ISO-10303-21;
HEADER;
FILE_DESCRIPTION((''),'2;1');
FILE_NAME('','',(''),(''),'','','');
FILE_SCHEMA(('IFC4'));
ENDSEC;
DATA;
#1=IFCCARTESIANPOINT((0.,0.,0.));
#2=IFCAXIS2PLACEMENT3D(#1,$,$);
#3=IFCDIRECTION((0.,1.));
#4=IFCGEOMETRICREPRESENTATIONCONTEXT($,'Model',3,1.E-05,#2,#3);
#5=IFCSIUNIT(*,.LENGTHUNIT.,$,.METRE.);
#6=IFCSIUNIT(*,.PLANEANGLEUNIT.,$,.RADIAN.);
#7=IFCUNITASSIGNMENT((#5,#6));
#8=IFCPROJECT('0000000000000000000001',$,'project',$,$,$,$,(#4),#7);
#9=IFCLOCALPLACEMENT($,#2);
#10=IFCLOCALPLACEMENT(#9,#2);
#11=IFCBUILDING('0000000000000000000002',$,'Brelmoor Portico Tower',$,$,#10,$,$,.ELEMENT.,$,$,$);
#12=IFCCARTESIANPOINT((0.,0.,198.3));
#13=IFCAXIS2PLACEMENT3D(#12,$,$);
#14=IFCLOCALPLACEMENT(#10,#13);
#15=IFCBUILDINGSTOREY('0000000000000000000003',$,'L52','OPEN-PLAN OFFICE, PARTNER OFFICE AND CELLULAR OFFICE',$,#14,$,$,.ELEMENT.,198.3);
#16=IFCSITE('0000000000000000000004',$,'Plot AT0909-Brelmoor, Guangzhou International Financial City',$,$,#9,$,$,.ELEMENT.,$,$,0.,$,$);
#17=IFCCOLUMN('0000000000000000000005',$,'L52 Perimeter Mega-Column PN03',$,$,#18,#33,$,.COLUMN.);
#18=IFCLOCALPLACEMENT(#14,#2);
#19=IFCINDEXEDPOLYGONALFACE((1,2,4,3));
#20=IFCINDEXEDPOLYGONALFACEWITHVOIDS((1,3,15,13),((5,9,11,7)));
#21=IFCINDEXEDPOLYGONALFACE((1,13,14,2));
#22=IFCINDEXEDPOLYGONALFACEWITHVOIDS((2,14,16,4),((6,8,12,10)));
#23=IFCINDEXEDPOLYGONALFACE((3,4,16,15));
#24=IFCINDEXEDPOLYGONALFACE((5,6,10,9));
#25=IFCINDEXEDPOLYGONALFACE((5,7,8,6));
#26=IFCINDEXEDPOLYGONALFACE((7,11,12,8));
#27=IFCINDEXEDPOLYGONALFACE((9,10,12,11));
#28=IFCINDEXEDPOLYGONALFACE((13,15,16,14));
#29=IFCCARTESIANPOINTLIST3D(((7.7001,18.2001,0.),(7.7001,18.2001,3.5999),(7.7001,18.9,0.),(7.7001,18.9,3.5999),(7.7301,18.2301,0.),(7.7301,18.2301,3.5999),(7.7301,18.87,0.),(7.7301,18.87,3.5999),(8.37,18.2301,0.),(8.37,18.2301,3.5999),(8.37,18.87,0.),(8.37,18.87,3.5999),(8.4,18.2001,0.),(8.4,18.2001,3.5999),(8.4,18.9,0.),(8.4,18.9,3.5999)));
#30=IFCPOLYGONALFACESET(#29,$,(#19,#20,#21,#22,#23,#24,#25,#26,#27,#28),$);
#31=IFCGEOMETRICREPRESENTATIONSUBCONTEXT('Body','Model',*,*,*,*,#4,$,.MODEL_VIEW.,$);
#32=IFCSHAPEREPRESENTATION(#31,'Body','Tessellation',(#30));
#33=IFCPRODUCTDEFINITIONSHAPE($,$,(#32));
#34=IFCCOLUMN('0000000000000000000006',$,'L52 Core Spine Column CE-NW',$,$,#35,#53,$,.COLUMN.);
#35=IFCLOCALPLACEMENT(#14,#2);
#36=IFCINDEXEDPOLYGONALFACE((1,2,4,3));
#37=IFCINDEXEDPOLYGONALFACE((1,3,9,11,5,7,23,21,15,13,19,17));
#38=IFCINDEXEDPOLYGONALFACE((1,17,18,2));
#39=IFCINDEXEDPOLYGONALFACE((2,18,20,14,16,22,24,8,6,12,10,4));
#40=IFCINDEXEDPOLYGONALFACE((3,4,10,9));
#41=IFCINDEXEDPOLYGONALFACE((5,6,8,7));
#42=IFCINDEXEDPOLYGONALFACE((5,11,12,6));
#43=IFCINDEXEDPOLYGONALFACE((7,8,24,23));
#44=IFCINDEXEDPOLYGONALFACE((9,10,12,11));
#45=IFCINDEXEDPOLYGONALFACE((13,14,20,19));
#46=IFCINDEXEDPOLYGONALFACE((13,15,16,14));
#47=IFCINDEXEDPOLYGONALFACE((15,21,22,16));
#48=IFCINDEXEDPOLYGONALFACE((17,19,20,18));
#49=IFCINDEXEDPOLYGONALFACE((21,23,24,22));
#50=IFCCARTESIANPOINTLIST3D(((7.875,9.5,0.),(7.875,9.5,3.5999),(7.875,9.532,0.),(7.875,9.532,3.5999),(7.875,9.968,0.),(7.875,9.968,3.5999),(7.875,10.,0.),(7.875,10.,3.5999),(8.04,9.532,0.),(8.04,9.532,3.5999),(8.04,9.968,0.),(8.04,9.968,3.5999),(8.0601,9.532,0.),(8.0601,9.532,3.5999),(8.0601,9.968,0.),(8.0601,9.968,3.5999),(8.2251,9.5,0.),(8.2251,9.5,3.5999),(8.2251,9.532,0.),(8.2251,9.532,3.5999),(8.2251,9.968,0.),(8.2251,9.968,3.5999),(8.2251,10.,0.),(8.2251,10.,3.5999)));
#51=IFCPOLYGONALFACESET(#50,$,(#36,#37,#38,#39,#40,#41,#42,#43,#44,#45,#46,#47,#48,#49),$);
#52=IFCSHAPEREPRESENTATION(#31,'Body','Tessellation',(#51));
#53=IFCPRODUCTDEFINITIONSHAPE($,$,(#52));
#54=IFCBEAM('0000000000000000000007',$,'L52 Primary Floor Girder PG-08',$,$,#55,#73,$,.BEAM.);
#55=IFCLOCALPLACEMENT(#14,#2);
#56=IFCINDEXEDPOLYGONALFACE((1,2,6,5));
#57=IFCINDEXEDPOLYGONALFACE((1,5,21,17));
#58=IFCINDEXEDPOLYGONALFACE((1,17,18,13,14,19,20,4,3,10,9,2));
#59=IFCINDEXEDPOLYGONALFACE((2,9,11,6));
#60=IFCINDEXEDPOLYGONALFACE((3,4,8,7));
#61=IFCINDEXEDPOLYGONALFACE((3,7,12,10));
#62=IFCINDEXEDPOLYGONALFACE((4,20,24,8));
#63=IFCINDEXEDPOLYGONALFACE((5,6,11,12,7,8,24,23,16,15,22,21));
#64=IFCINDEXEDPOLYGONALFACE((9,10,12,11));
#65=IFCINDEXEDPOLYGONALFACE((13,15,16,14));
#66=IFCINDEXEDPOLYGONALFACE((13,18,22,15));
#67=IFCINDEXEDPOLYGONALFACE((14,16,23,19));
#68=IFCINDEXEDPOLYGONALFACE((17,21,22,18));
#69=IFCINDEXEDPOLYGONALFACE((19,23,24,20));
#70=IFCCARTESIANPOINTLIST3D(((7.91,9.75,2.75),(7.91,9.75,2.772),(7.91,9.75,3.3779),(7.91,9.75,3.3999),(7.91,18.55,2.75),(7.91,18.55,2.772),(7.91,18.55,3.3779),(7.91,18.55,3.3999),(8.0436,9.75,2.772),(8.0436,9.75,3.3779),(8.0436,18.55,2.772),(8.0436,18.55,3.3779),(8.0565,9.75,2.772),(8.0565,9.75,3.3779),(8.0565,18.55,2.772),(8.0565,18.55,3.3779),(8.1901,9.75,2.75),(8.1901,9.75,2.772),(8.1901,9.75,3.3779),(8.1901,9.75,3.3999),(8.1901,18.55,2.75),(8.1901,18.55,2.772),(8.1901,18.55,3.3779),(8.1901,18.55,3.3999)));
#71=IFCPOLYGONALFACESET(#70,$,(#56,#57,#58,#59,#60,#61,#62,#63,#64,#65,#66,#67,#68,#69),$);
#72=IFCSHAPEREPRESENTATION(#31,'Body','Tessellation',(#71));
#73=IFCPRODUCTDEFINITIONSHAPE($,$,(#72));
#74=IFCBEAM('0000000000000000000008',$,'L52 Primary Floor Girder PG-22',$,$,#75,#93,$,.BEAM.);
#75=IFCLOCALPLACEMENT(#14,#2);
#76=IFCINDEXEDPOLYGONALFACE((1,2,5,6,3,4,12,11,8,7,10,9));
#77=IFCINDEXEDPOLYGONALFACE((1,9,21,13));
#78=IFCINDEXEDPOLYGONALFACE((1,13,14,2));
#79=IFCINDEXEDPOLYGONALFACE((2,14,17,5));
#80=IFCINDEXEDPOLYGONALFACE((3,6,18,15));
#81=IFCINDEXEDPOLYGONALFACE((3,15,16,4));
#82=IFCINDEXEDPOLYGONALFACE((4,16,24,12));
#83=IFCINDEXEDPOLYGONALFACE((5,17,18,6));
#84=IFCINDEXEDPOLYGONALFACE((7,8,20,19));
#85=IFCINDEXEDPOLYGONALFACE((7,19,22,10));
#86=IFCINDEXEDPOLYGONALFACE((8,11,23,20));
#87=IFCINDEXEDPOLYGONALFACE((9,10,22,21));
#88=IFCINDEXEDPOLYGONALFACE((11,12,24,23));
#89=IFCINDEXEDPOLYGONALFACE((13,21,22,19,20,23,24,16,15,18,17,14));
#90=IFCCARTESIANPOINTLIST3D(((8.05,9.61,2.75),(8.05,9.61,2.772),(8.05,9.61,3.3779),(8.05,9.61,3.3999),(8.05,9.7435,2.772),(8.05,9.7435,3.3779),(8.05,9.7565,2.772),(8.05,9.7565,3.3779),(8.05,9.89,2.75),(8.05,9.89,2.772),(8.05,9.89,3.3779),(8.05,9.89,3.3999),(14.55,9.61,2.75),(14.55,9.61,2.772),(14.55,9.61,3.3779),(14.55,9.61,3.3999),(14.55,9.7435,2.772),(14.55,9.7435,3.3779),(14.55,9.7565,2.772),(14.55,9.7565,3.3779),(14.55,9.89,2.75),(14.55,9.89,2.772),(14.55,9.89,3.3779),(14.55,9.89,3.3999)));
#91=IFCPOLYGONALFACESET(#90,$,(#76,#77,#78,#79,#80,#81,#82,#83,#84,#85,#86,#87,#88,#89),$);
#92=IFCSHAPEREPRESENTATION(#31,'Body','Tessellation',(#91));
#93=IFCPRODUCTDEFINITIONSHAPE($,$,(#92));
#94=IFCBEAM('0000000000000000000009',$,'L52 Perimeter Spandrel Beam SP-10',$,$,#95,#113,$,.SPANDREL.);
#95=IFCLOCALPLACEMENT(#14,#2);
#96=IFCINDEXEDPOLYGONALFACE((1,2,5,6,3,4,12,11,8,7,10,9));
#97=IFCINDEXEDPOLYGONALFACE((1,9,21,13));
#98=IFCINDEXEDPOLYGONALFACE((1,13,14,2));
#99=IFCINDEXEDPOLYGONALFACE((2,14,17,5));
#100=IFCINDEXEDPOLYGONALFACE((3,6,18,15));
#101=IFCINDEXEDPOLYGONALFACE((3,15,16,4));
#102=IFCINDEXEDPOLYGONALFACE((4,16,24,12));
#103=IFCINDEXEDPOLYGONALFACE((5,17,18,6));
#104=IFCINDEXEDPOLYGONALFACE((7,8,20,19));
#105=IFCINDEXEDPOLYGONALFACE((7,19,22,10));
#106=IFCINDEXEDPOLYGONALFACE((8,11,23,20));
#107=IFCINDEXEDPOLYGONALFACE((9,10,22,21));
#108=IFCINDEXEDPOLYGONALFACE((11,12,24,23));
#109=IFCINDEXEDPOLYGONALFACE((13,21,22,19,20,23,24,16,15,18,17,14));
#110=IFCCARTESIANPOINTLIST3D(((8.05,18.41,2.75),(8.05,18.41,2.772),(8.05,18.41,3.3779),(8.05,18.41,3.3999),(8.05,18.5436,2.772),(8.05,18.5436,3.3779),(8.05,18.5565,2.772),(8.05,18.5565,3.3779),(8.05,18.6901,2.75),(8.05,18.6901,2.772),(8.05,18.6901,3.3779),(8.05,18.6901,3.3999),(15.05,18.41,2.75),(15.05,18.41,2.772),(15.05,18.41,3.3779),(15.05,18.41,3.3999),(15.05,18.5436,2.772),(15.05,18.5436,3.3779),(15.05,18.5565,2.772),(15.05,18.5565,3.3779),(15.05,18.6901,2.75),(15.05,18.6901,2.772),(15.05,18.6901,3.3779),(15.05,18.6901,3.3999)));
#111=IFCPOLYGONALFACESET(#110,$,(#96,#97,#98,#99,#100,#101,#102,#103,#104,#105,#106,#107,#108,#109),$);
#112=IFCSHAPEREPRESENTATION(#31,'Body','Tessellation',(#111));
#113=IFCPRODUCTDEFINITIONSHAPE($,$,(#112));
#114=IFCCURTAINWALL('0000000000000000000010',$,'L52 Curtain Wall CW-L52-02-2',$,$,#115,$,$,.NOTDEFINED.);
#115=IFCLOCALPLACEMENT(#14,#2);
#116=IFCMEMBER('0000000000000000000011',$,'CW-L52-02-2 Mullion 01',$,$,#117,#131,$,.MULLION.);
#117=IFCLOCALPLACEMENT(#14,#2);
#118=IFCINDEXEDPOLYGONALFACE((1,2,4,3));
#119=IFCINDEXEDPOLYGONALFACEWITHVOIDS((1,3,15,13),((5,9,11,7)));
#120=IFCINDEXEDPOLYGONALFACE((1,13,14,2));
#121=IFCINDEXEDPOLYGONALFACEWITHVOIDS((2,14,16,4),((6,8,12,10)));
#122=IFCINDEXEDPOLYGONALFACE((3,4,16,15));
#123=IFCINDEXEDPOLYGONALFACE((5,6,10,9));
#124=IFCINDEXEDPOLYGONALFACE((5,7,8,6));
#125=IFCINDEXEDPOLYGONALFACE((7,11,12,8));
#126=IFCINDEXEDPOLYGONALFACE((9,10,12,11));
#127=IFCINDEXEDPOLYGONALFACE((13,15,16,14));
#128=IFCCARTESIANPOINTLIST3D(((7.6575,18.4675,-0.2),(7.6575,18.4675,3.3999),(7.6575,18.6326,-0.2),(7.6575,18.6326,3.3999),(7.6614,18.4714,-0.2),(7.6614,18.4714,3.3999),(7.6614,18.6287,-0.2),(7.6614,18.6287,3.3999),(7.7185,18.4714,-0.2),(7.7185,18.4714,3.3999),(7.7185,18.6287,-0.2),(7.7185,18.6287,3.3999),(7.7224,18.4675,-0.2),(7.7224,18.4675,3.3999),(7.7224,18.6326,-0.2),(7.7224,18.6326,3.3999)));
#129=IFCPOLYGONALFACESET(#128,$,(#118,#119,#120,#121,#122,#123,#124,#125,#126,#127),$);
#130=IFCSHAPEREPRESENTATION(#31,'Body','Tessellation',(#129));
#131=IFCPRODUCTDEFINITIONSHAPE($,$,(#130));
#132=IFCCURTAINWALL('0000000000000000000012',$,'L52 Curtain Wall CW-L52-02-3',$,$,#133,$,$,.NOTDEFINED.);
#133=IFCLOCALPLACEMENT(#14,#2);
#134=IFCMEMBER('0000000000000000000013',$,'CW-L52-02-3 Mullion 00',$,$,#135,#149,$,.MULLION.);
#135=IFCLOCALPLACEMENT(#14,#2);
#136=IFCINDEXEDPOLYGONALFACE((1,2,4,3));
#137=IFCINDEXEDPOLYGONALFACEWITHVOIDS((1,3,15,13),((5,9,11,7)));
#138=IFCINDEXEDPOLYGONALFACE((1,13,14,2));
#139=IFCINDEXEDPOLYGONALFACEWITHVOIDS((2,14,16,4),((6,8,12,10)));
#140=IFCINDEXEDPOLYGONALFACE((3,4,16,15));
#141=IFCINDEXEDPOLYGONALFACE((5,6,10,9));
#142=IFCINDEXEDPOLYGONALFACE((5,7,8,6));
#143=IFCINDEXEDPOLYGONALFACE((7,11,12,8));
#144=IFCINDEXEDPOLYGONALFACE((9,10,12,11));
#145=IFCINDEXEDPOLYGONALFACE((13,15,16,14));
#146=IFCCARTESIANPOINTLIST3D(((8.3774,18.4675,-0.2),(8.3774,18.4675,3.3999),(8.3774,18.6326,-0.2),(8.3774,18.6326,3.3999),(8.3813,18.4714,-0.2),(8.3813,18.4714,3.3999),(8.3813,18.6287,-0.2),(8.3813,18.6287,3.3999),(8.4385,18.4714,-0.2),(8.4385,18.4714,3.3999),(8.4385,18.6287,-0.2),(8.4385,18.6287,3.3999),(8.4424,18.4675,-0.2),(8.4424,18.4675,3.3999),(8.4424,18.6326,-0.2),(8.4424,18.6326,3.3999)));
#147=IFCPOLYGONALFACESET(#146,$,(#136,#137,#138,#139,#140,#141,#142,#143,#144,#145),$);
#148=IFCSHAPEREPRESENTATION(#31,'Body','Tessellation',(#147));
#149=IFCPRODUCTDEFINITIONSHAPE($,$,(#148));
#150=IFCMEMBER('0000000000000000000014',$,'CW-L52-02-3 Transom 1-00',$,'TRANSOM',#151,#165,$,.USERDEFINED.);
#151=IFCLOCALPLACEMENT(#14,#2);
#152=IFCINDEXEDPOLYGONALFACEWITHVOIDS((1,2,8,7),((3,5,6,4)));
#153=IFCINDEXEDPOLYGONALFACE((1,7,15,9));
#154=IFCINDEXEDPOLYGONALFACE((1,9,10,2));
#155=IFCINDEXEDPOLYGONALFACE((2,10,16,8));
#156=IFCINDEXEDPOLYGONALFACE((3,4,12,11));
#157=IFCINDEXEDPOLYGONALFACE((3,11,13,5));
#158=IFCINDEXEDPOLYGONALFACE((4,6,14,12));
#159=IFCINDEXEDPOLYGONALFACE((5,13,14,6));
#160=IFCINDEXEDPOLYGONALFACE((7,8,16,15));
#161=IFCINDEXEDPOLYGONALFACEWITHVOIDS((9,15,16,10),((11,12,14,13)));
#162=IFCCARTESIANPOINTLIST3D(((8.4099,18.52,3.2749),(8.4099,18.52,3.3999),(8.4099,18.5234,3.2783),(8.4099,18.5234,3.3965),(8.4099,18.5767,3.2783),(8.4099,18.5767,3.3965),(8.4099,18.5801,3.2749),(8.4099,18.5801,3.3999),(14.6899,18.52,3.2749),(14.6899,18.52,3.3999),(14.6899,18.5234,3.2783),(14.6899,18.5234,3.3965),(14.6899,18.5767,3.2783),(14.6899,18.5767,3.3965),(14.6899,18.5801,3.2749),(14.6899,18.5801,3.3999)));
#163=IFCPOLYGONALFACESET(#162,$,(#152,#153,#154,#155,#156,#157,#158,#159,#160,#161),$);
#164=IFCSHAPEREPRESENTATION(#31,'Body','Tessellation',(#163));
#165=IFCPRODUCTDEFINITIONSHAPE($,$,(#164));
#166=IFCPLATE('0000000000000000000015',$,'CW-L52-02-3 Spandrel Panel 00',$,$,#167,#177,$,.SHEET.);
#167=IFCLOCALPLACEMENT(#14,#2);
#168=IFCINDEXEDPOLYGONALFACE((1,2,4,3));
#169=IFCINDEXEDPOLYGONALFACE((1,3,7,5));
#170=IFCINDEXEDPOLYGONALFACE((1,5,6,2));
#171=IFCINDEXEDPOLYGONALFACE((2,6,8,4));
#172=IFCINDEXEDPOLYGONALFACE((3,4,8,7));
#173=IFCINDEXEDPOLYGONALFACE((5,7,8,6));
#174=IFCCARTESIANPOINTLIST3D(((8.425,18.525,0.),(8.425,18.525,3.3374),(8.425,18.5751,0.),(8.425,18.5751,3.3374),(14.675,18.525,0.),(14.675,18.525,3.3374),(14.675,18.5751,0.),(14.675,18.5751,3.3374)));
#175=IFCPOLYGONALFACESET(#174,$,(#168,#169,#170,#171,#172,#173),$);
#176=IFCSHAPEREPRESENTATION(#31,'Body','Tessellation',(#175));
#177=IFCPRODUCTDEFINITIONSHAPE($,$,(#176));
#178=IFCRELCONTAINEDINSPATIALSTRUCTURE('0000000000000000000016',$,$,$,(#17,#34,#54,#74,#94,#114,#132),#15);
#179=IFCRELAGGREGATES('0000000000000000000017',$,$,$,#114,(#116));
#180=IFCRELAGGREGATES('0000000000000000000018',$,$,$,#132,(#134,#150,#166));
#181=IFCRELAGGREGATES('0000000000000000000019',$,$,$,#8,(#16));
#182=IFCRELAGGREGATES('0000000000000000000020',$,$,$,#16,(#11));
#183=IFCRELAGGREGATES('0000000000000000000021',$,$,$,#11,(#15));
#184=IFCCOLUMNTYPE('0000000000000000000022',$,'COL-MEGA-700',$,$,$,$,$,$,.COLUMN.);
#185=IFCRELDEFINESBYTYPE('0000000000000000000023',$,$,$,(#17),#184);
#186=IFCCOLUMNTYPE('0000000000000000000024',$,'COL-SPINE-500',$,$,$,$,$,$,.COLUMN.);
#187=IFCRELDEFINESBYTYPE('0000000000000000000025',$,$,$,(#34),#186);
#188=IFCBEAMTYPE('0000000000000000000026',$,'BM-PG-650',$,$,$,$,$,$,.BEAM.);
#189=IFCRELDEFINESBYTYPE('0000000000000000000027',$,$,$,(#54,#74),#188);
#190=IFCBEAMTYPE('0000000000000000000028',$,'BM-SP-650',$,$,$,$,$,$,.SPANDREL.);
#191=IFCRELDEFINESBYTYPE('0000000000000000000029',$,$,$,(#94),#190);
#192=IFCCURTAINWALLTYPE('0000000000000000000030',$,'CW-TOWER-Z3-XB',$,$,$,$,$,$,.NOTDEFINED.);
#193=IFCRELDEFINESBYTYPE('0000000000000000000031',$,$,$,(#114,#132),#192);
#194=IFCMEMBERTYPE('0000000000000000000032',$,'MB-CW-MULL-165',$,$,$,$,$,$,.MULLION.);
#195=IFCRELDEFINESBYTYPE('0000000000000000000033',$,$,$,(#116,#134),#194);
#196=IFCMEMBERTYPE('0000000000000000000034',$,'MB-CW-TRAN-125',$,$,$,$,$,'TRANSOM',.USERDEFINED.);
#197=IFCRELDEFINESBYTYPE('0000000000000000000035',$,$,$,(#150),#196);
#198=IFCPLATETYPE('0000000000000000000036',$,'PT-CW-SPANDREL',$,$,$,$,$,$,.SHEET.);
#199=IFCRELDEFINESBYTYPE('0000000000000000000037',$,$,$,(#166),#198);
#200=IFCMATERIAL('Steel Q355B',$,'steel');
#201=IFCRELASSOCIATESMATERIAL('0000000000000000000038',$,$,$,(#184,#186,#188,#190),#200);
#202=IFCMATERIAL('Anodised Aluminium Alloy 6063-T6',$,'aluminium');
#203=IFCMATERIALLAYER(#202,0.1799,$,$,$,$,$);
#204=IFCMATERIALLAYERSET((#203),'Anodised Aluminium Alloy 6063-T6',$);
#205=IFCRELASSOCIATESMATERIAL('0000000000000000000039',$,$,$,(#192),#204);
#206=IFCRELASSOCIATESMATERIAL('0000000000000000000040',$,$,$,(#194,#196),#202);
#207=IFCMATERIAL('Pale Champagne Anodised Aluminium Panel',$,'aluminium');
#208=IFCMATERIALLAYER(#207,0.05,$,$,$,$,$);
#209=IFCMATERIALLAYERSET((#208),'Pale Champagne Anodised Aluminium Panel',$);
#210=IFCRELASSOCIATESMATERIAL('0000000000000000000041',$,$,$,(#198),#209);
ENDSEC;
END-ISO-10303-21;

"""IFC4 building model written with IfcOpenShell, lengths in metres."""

from ifc_helpers import new_model, si_unit, direction, frame, origin, origin_2d, place, context, subcontext, project, spatial, rectangle, hollow_rectangle, i_section, extrude, material, layer, layer_set, material_profile, profile_set, type_object, element, aggregate, save


model = new_model("IFC4")

# Units and contexts
model_context = context("Model", 3, precision=1e-05, world=origin(), true_north=direction((0.0, 1.0)))
body_context = subcontext(model_context, "Body", "Model", "MODEL_VIEW")
ifc_project = project(units=[si_unit("LENGTHUNIT", "METRE"), si_unit("PLANEANGLEUNIT", "RADIAN")], contexts=[model_context])

# Site, building, storey
site_placement = place(None, origin())
site = spatial("IfcSite", under=ifc_project, at=site_placement, Name="Plot AT0909-Brelmoor, Guangzhou International Financial City", CompositionType="ELEMENT", RefElevation=0.0)
building_placement = place(site_placement, origin())
building = spatial("IfcBuilding", under=site, at=building_placement, Name="Brelmoor Portico Tower", CompositionType="ELEMENT")
storey_placement = place(building_placement, frame((0.0, 0.0, 198.3)))
storey = spatial("IfcBuildingStorey", under=building, at=storey_placement, Name="L52", Description="OPEN-PLAN OFFICE, PARTNER OFFICE AND CELLULAR OFFICE", CompositionType="ELEMENT", Elevation=198.3)

# Columns
ifc_material_1 = material(Name="Steel Q355B", Category="steel")
ifc_material_profile_1 = material_profile(ifc_material_1, hollow_rectangle(XDim=0.7, YDim=0.7, WallThickness=0.03, at=origin_2d()), Name="BOX 700x700x30")
ifc_profile_set_1 = profile_set([ifc_material_profile_1], Name="Steel Q355B")
column_type_1 = type_object("IfcColumnType", Name="COL-MEGA-700", PredefinedType="COLUMN", material=ifc_profile_set_1)
column_1_placement = place(storey_placement, frame((8.05, 18.55, 0.0), z_axis=(0.0, 0.0, 1.0), x_axis=(1.0, 0.0, 0.0)))
element("IfcColumn", 1, at=column_1_placement, inside=storey, type_object=column_type_1, Name="L52 Perimeter Mega-Column PN03", PredefinedType="COLUMN", context=body_context, shape_type="SweptSolid", body=[
    extrude(hollow_rectangle(XDim=0.7, YDim=0.7, WallThickness=0.03, at=origin_2d()), origin(), (0.0, 0.0, 1.0), 3.5999),
])
ifc_material_profile_2 = material_profile(ifc_material_1, i_section(OverallWidth=0.3501, OverallDepth=0.5, WebThickness=0.02, FlangeThickness=0.032, at=origin_2d()), Name="HW 500x350x20x32")
ifc_profile_set_2 = profile_set([ifc_material_profile_2], Name="Steel Q355B")
column_type_2 = type_object("IfcColumnType", Name="COL-SPINE-500", PredefinedType="COLUMN", material=ifc_profile_set_2)
column_2_placement = place(storey_placement, frame((8.05, 9.75, 0.0), z_axis=(0.0, 0.0, 1.0), x_axis=(1.0, 0.0, 0.0)))
element("IfcColumn", 2, at=column_2_placement, inside=storey, type_object=column_type_2, Name="L52 Core Spine Column CE-NW", PredefinedType="COLUMN", context=body_context, shape_type="SweptSolid", body=[
    extrude(i_section(OverallWidth=0.3501, OverallDepth=0.5, WebThickness=0.02, FlangeThickness=0.032, at=origin_2d()), origin(), (0.0, 0.0, 1.0), 3.5999),
])

# Beams
ifc_material_profile_3 = material_profile(ifc_material_1, i_section(OverallWidth=0.28, OverallDepth=0.6499, WebThickness=0.0129, FlangeThickness=0.022, at=origin_2d()), Name="HN 650x280x13x22")
ifc_profile_set_3 = profile_set([ifc_material_profile_3], Name="Steel Q355B")
beam_type_1 = type_object("IfcBeamType", Name="BM-PG-650", PredefinedType="BEAM", material=ifc_profile_set_3)
beam_1_placement = place(storey_placement, frame((8.05, 9.75, 3.075), z_axis=(0.0, 1.0, 0.0), x_axis=(-1.0, 0.0, 0.0)))
element("IfcBeam", 3, at=beam_1_placement, inside=storey, type_object=beam_type_1, Name="L52 Primary Floor Girder PG-08", PredefinedType="BEAM", context=body_context, shape_type="SweptSolid", body=[
    extrude(i_section(OverallWidth=0.28, OverallDepth=0.6499, WebThickness=0.0129, FlangeThickness=0.022, at=origin_2d()), origin(), (0.0, 0.0, 1.0), 8.8),
])
beam_2_placement = place(storey_placement, frame((8.05, 9.75, 3.075), z_axis=(1.0, 0.0, 0.0), x_axis=(0.0, 1.0, 0.0)))
element("IfcBeam", 4, at=beam_2_placement, inside=storey, type_object=beam_type_1, Name="L52 Primary Floor Girder PG-22", PredefinedType="BEAM", context=body_context, shape_type="SweptSolid", body=[
    extrude(i_section(OverallWidth=0.28, OverallDepth=0.6499, WebThickness=0.0129, FlangeThickness=0.022, at=origin_2d()), origin(), (0.0, 0.0, 1.0), 6.5),
])
ifc_material_profile_4 = material_profile(ifc_material_1, i_section(OverallWidth=0.28, OverallDepth=0.6499, WebThickness=0.0129, FlangeThickness=0.022, at=origin_2d()), Name="HN 650x280x13x22")
ifc_profile_set_4 = profile_set([ifc_material_profile_4], Name="Steel Q355B")
beam_type_2 = type_object("IfcBeamType", Name="BM-SP-650", PredefinedType="SPANDREL", material=ifc_profile_set_4)
beam_3_placement = place(storey_placement, frame((8.05, 18.55, 3.075), z_axis=(1.0, 0.0, 0.0), x_axis=(0.0, 1.0, 0.0)))
element("IfcBeam", 5, at=beam_3_placement, inside=storey, type_object=beam_type_2, Name="L52 Perimeter Spandrel Beam SP-10", PredefinedType="SPANDREL", context=body_context, shape_type="SweptSolid", body=[
    extrude(i_section(OverallWidth=0.28, OverallDepth=0.6499, WebThickness=0.0129, FlangeThickness=0.022, at=origin_2d()), origin(), (0.0, 0.0, 1.0), 7.0),
])

# Curtain wall, member
ifc_material_2 = material(Name="Anodised Aluminium Alloy 6063-T6", Category="aluminium")
ifc_layer_1 = layer(ifc_material_2, 0.1799)
ifc_layer_set_1 = layer_set([ifc_layer_1], Name="Anodised Aluminium Alloy 6063-T6")
curtain_wall_type = type_object("IfcCurtainWallType", Name="CW-TOWER-Z3-XB", PredefinedType="NOTDEFINED", material=ifc_layer_set_1)
curtain_wall_1_placement = place(storey_placement, origin())
curtain_wall_1 = element("IfcCurtainWall", 6, at=curtain_wall_1_placement, inside=storey, type_object=curtain_wall_type, Name="L52 Curtain Wall CW-L52-02-2", PredefinedType="NOTDEFINED")
ifc_material_profile_5 = material_profile(ifc_material_2, hollow_rectangle(XDim=0.0649, YDim=0.165, WallThickness=0.0039, at=origin_2d()), Name="ALU MULLION 65x165")
ifc_profile_set_5 = profile_set([ifc_material_profile_5], Name="Anodised Aluminium Alloy 6063-T6")
member_type_1 = type_object("IfcMemberType", Name="MB-CW-MULL-165", PredefinedType="MULLION", material=ifc_profile_set_5)
member_1_placement = place(storey_placement, frame((7.6899, 18.55, -0.2), z_axis=(0.0, 0.0, 1.0), x_axis=(1.0, 0.0, 0.0)))
member_1 = element("IfcMember", 7, at=member_1_placement, type_object=member_type_1, Name="CW-L52-02-2 Mullion 01", PredefinedType="MULLION", context=body_context, shape_type="SweptSolid", body=[
    extrude(hollow_rectangle(XDim=0.0649, YDim=0.165, WallThickness=0.0039, at=origin_2d()), origin(), (0.0, 0.0, 1.0), 3.5999),
])
aggregate(curtain_wall_1, [member_1])

# Curtain wall, members, plate
curtain_wall_2_placement = place(storey_placement, origin())
curtain_wall_2 = element("IfcCurtainWall", 8, at=curtain_wall_2_placement, inside=storey, type_object=curtain_wall_type, Name="L52 Curtain Wall CW-L52-02-3", PredefinedType="NOTDEFINED")
member_2_placement = place(storey_placement, frame((8.4099, 18.55, -0.2), z_axis=(0.0, 0.0, 1.0), x_axis=(1.0, 0.0, 0.0)))
member_2 = element("IfcMember", 9, at=member_2_placement, type_object=member_type_1, Name="CW-L52-02-3 Mullion 00", PredefinedType="MULLION", context=body_context, shape_type="SweptSolid", body=[
    extrude(hollow_rectangle(XDim=0.0649, YDim=0.165, WallThickness=0.0039, at=origin_2d()), origin(), (0.0, 0.0, 1.0), 3.5999),
])
ifc_material_profile_6 = material_profile(ifc_material_2, hollow_rectangle(XDim=0.0601, YDim=0.125, WallThickness=0.0034, at=origin_2d()), Name="ALU TRANSOM 60x125")
ifc_profile_set_6 = profile_set([ifc_material_profile_6], Name="Anodised Aluminium Alloy 6063-T6")
member_type_2 = type_object("IfcMemberType", Name="MB-CW-TRAN-125", ElementType="TRANSOM", PredefinedType="USERDEFINED", material=ifc_profile_set_6)
member_3_placement = place(storey_placement, frame((8.4099, 18.55, 3.3374), z_axis=(1.0, 0.0, 0.0), x_axis=(0.0, 1.0, 0.0)))
member_3 = element("IfcMember", 10, at=member_3_placement, type_object=member_type_2, Name="CW-L52-02-3 Transom 1-00", ObjectType="TRANSOM", PredefinedType="USERDEFINED", context=body_context, shape_type="SweptSolid", body=[
    extrude(hollow_rectangle(XDim=0.0601, YDim=0.125, WallThickness=0.0034, at=origin_2d()), origin(), (0.0, 0.0, 1.0), 6.28),
])
ifc_material_3 = material(Name="Pale Champagne Anodised Aluminium Panel", Category="aluminium")
ifc_layer_2 = layer(ifc_material_3, 0.05)
ifc_layer_set_2 = layer_set([ifc_layer_2], Name="Pale Champagne Anodised Aluminium Panel")
plate_type_1 = type_object("IfcPlateType", Name="PT-CW-SPANDREL", PredefinedType="SHEET", material=ifc_layer_set_2)
plate_1_placement = place(storey_placement, frame((11.55, 18.55, 0.0), z_axis=(0.0, 0.0, 1.0), x_axis=(1.0, 0.0, 0.0)))
plate_1 = element("IfcPlate", 11, at=plate_1_placement, type_object=plate_type_1, Name="CW-L52-02-3 Spandrel Panel 00", PredefinedType="SHEET", context=body_context, shape_type="SweptSolid", body=[
    extrude(rectangle(XDim=6.25, YDim=0.05, at=origin_2d()), origin(), (0.0, 0.0, 1.0), 3.3374),
])
aggregate(curtain_wall_2, [member_2, member_3, plate_1])

save(model, "model.ifc")
